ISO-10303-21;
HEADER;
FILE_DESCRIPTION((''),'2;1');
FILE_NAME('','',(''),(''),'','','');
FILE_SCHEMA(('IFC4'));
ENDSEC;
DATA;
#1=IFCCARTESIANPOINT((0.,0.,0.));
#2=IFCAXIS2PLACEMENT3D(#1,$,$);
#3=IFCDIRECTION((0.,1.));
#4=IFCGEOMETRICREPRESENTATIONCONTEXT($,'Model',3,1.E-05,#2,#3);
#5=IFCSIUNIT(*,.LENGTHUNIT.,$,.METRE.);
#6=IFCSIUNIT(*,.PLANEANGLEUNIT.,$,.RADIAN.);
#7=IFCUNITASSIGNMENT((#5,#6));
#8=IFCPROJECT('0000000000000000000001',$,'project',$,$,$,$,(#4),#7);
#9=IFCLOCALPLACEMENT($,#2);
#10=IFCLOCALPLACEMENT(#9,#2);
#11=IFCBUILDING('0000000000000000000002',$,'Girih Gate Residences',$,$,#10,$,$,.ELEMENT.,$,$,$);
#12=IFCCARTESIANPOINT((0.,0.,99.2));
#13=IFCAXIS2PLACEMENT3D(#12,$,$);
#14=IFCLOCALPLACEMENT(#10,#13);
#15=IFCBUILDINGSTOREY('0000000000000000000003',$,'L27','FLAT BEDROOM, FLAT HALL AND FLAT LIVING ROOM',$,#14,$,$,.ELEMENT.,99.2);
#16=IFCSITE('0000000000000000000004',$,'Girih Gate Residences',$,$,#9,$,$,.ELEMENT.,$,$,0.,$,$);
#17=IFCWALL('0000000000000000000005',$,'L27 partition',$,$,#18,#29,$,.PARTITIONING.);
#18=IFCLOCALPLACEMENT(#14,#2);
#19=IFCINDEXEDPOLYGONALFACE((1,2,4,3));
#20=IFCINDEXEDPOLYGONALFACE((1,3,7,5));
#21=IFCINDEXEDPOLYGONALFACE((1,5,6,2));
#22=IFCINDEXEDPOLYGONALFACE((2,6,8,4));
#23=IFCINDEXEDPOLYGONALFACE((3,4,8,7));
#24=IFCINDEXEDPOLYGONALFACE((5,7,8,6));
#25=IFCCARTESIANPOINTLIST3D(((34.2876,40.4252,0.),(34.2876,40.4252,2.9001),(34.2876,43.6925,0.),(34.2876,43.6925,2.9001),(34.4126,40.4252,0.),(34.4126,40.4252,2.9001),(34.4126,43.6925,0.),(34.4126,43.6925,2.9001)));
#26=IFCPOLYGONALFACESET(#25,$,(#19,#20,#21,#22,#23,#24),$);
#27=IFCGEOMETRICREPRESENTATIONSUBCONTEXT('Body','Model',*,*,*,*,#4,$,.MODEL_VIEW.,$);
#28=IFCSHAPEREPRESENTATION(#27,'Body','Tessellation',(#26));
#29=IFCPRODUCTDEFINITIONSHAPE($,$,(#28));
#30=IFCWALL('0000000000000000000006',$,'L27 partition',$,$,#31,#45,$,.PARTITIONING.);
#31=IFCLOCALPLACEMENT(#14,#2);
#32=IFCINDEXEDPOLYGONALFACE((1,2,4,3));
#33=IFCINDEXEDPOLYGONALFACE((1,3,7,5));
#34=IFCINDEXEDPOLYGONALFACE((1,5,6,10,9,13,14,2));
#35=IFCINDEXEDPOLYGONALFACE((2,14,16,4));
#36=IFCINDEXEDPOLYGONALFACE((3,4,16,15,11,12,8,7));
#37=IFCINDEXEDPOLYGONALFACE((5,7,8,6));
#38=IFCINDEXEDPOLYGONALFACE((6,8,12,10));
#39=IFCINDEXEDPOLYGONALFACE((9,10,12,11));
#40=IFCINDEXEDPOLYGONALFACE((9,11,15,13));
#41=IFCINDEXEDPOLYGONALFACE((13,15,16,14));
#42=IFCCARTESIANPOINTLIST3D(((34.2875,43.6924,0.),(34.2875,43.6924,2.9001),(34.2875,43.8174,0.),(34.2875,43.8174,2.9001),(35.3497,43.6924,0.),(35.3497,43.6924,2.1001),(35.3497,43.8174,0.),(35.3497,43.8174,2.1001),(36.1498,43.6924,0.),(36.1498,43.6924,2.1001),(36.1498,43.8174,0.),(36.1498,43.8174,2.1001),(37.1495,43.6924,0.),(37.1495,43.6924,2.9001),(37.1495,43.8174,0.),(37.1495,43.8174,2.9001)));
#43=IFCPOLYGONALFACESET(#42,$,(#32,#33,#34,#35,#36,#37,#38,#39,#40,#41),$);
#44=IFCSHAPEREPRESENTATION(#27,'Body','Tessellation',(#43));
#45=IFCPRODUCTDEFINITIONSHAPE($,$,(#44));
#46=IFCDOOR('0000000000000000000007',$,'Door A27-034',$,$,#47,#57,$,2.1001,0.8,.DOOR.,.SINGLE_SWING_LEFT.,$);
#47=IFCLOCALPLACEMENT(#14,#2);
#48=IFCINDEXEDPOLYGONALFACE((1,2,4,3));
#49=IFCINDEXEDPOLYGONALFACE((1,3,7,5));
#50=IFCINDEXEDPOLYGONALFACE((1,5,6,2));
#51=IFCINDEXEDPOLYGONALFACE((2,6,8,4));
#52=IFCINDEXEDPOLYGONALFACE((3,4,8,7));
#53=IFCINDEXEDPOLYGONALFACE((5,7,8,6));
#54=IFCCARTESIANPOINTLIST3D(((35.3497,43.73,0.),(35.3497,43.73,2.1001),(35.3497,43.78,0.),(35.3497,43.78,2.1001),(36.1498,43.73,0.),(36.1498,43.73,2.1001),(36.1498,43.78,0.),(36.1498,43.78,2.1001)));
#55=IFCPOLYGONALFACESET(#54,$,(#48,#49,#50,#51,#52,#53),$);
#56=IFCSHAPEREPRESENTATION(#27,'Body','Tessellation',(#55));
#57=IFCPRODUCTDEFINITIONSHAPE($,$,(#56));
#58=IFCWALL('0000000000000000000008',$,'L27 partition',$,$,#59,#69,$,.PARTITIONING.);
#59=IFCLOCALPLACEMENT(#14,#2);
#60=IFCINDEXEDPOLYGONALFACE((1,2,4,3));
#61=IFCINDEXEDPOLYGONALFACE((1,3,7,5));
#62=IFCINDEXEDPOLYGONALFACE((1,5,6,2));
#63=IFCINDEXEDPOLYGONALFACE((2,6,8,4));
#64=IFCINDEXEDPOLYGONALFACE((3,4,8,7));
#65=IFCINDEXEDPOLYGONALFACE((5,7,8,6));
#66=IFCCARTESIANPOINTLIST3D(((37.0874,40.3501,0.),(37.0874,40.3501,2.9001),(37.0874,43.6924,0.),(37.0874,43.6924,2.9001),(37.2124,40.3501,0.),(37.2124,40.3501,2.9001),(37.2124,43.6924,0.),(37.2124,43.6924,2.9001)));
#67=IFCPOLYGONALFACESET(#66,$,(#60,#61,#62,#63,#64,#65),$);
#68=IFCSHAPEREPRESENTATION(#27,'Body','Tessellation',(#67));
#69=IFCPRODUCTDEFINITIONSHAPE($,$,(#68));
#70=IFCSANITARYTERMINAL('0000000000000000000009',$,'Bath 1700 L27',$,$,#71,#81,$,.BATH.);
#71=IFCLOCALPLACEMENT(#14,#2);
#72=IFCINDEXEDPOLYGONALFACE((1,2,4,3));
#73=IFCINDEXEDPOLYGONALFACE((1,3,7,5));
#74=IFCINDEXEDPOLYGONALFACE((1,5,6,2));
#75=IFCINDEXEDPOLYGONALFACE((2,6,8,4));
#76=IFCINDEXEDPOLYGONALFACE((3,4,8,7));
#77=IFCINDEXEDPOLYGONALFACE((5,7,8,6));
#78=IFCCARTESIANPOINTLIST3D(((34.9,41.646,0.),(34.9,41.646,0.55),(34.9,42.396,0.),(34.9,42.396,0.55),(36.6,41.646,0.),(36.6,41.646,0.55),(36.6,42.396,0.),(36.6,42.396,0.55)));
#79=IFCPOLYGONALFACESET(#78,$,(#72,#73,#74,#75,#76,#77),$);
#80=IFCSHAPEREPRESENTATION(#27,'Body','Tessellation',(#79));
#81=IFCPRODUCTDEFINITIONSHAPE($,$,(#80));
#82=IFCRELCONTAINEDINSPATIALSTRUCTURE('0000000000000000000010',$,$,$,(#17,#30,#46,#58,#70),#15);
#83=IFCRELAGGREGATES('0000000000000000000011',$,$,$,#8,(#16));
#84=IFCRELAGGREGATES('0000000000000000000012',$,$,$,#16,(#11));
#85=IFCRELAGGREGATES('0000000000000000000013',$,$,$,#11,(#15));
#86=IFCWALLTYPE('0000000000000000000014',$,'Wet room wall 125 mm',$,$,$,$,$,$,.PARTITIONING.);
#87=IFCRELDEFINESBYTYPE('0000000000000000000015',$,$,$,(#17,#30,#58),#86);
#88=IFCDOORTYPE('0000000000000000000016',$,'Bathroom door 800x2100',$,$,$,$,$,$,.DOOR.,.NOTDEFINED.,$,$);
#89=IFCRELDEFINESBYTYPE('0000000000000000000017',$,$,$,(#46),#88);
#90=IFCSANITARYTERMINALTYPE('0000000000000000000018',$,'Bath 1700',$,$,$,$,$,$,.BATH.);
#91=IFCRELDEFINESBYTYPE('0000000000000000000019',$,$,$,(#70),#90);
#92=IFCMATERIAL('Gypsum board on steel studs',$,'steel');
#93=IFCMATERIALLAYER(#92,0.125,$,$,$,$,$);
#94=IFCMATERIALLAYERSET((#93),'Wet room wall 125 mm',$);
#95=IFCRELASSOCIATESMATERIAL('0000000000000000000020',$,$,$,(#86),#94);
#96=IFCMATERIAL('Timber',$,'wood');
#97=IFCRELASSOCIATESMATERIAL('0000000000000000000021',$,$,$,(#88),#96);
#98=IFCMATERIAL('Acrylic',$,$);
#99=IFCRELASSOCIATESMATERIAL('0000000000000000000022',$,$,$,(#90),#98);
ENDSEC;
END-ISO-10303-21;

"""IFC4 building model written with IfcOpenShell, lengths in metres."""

from ifc_helpers import new_model, si_unit, direction, frame, frame_2d, origin, origin_2d, place, context, subcontext, project, spatial, rectangle, extrude, material, layer, layer_set, type_object, element, fill, save


model = new_model("IFC4")

# Units and contexts
model_context = context("Model", 3, precision=1e-05, world=origin(), true_north=direction((0.0, 1.0)))
body_context = subcontext(model_context, "Body", "Model", "MODEL_VIEW")
ifc_project = project(units=[si_unit("LENGTHUNIT", "METRE"), si_unit("PLANEANGLEUNIT", "RADIAN")], contexts=[model_context])

# Site, building, storey
site_placement = place(None, origin())
site = spatial("IfcSite", under=ifc_project, at=site_placement, Name="Girih Gate Residences", CompositionType="ELEMENT", RefElevation=0.0)
building_placement = place(site_placement, origin())
building = spatial("IfcBuilding", under=site, at=building_placement, Name="Girih Gate Residences", CompositionType="ELEMENT")
storey_placement = place(building_placement, frame((0.0, 0.0, 99.2)))
storey = spatial("IfcBuildingStorey", under=building, at=storey_placement, Name="L27", Description="FLAT BEDROOM, FLAT HALL AND FLAT LIVING ROOM", CompositionType="ELEMENT", Elevation=99.2)

# Shared definitions
ifc_material_1 = material(Name="Gypsum board on steel studs", Category="steel")

# Shared definitions
ifc_material_2 = material(Name="Timber", Category="wood")

# Wall
ifc_layer_1 = layer(ifc_material_1, 0.125)
ifc_layer_set_1 = layer_set([ifc_layer_1], Name="Wet room wall 125 mm")
wall_type_1 = type_object("IfcWallType", Name="Wet room wall 125 mm", PredefinedType="PARTITIONING", material=ifc_layer_set_1)
wall_1_placement = place(storey_placement, frame((34.3501, 40.425, 0.0), z_axis=(0.0, 0.0, 1.0), x_axis=(0.0, 1.0, 0.0)))
element("IfcWall", 1, at=wall_1_placement, inside=storey, type_object=wall_type_1, Name="L27 partition", PredefinedType="PARTITIONING", context=body_context, shape_type="SweptSolid", body=[
    extrude(rectangle(XDim=3.2673, YDim=0.125, at=frame_2d((1.6338, 0.0))), origin(), (0.0, 0.0, 1.0), 2.9001),
])

# Wall, opening, door
wall_2_placement = place(storey_placement, frame((37.1497, 43.7549, 0.0), z_axis=(0.0, 0.0, 1.0), x_axis=(-1.0, 0.0, 0.0)))
wall_2 = element("IfcWall", 2, at=wall_2_placement, inside=storey, type_object=wall_type_1, Name="L27 partition", PredefinedType="PARTITIONING", context=body_context, shape_type="SweptSolid", body=[
    extrude(rectangle(XDim=2.8621, YDim=0.125, at=frame_2d((1.4312, 0.0))), origin(), (0.0, 0.0, 1.0), 2.9001),
])
opening_1_placement = place(wall_2_placement, frame((1.0, 0.0, 0.0)))
opening_1 = element("IfcOpeningElement", 3, at=opening_1_placement, cuts=wall_2, PredefinedType="OPENING", context=body_context, shape_type="SweptSolid", body=[
    extrude(rectangle(XDim=0.8, YDim=2.1001, at=frame_2d((0.3999, 1.05))), frame((0.0, 0.0725, 0.0), z_axis=(0.0, -1.0, 0.0), x_axis=(1.0, 0.0, 0.0)), (0.0, 0.0, 1.0), 0.145),
])
door_type_1 = type_object("IfcDoorType", Name="Bathroom door 800x2100", OperationType="NOTDEFINED", PredefinedType="DOOR", material=ifc_material_2)
door_1_placement = place(opening_1_placement, origin())
door_1 = element("IfcDoor", 4, at=door_1_placement, inside=storey, type_object=door_type_1, Name="Door A27-034", OperationType="SINGLE_SWING_LEFT", OverallHeight=2.1001, OverallWidth=0.8, PredefinedType="DOOR", context=body_context, shape_type="SweptSolid", body=[
    extrude(rectangle(XDim=0.8, YDim=2.1001, at=frame_2d((0.3999, 1.05))), frame((0.0, 0.0249, 0.0), z_axis=(0.0, -1.0, 0.0), x_axis=(1.0, 0.0, 0.0)), (0.0, 0.0, 1.0), 0.05),
])
fill(opening_1, door_1)

# Wall
wall_3_placement = place(storey_placement, frame((37.1499, 40.3501, 0.0), z_axis=(0.0, 0.0, 1.0), x_axis=(0.0, 1.0, 0.0)))
element("IfcWall", 5, at=wall_3_placement, inside=storey, type_object=wall_type_1, Name="L27 partition", PredefinedType="PARTITIONING", context=body_context, shape_type="SweptSolid", body=[
    extrude(rectangle(XDim=3.3423, YDim=0.125, at=frame_2d((1.6711, 0.0))), origin(), (0.0, 0.0, 1.0), 2.9001),
])

# Sanitary terminal
ifc_material_3 = material(Name="Acrylic")
sanitary_terminal_type = type_object("IfcSanitaryTerminalType", Name="Bath 1700", PredefinedType="BATH", material=ifc_material_3)
sanitary_terminal_placement = place(storey_placement, frame((35.75, 42.021, 0.0), z_axis=(0.0, 0.0, 1.0), x_axis=(1.0, 0.0, 0.0)))
element("IfcSanitaryTerminal", 6, at=sanitary_terminal_placement, inside=storey, type_object=sanitary_terminal_type, Name="Bath 1700 L27", PredefinedType="BATH", context=body_context, shape_type="SweptSolid", body=[
    extrude(rectangle(XDim=1.7, YDim=0.75, at=origin_2d()), origin(), (0.0, 0.0, 1.0), 0.55),
])

save(model, "model.ifc")
